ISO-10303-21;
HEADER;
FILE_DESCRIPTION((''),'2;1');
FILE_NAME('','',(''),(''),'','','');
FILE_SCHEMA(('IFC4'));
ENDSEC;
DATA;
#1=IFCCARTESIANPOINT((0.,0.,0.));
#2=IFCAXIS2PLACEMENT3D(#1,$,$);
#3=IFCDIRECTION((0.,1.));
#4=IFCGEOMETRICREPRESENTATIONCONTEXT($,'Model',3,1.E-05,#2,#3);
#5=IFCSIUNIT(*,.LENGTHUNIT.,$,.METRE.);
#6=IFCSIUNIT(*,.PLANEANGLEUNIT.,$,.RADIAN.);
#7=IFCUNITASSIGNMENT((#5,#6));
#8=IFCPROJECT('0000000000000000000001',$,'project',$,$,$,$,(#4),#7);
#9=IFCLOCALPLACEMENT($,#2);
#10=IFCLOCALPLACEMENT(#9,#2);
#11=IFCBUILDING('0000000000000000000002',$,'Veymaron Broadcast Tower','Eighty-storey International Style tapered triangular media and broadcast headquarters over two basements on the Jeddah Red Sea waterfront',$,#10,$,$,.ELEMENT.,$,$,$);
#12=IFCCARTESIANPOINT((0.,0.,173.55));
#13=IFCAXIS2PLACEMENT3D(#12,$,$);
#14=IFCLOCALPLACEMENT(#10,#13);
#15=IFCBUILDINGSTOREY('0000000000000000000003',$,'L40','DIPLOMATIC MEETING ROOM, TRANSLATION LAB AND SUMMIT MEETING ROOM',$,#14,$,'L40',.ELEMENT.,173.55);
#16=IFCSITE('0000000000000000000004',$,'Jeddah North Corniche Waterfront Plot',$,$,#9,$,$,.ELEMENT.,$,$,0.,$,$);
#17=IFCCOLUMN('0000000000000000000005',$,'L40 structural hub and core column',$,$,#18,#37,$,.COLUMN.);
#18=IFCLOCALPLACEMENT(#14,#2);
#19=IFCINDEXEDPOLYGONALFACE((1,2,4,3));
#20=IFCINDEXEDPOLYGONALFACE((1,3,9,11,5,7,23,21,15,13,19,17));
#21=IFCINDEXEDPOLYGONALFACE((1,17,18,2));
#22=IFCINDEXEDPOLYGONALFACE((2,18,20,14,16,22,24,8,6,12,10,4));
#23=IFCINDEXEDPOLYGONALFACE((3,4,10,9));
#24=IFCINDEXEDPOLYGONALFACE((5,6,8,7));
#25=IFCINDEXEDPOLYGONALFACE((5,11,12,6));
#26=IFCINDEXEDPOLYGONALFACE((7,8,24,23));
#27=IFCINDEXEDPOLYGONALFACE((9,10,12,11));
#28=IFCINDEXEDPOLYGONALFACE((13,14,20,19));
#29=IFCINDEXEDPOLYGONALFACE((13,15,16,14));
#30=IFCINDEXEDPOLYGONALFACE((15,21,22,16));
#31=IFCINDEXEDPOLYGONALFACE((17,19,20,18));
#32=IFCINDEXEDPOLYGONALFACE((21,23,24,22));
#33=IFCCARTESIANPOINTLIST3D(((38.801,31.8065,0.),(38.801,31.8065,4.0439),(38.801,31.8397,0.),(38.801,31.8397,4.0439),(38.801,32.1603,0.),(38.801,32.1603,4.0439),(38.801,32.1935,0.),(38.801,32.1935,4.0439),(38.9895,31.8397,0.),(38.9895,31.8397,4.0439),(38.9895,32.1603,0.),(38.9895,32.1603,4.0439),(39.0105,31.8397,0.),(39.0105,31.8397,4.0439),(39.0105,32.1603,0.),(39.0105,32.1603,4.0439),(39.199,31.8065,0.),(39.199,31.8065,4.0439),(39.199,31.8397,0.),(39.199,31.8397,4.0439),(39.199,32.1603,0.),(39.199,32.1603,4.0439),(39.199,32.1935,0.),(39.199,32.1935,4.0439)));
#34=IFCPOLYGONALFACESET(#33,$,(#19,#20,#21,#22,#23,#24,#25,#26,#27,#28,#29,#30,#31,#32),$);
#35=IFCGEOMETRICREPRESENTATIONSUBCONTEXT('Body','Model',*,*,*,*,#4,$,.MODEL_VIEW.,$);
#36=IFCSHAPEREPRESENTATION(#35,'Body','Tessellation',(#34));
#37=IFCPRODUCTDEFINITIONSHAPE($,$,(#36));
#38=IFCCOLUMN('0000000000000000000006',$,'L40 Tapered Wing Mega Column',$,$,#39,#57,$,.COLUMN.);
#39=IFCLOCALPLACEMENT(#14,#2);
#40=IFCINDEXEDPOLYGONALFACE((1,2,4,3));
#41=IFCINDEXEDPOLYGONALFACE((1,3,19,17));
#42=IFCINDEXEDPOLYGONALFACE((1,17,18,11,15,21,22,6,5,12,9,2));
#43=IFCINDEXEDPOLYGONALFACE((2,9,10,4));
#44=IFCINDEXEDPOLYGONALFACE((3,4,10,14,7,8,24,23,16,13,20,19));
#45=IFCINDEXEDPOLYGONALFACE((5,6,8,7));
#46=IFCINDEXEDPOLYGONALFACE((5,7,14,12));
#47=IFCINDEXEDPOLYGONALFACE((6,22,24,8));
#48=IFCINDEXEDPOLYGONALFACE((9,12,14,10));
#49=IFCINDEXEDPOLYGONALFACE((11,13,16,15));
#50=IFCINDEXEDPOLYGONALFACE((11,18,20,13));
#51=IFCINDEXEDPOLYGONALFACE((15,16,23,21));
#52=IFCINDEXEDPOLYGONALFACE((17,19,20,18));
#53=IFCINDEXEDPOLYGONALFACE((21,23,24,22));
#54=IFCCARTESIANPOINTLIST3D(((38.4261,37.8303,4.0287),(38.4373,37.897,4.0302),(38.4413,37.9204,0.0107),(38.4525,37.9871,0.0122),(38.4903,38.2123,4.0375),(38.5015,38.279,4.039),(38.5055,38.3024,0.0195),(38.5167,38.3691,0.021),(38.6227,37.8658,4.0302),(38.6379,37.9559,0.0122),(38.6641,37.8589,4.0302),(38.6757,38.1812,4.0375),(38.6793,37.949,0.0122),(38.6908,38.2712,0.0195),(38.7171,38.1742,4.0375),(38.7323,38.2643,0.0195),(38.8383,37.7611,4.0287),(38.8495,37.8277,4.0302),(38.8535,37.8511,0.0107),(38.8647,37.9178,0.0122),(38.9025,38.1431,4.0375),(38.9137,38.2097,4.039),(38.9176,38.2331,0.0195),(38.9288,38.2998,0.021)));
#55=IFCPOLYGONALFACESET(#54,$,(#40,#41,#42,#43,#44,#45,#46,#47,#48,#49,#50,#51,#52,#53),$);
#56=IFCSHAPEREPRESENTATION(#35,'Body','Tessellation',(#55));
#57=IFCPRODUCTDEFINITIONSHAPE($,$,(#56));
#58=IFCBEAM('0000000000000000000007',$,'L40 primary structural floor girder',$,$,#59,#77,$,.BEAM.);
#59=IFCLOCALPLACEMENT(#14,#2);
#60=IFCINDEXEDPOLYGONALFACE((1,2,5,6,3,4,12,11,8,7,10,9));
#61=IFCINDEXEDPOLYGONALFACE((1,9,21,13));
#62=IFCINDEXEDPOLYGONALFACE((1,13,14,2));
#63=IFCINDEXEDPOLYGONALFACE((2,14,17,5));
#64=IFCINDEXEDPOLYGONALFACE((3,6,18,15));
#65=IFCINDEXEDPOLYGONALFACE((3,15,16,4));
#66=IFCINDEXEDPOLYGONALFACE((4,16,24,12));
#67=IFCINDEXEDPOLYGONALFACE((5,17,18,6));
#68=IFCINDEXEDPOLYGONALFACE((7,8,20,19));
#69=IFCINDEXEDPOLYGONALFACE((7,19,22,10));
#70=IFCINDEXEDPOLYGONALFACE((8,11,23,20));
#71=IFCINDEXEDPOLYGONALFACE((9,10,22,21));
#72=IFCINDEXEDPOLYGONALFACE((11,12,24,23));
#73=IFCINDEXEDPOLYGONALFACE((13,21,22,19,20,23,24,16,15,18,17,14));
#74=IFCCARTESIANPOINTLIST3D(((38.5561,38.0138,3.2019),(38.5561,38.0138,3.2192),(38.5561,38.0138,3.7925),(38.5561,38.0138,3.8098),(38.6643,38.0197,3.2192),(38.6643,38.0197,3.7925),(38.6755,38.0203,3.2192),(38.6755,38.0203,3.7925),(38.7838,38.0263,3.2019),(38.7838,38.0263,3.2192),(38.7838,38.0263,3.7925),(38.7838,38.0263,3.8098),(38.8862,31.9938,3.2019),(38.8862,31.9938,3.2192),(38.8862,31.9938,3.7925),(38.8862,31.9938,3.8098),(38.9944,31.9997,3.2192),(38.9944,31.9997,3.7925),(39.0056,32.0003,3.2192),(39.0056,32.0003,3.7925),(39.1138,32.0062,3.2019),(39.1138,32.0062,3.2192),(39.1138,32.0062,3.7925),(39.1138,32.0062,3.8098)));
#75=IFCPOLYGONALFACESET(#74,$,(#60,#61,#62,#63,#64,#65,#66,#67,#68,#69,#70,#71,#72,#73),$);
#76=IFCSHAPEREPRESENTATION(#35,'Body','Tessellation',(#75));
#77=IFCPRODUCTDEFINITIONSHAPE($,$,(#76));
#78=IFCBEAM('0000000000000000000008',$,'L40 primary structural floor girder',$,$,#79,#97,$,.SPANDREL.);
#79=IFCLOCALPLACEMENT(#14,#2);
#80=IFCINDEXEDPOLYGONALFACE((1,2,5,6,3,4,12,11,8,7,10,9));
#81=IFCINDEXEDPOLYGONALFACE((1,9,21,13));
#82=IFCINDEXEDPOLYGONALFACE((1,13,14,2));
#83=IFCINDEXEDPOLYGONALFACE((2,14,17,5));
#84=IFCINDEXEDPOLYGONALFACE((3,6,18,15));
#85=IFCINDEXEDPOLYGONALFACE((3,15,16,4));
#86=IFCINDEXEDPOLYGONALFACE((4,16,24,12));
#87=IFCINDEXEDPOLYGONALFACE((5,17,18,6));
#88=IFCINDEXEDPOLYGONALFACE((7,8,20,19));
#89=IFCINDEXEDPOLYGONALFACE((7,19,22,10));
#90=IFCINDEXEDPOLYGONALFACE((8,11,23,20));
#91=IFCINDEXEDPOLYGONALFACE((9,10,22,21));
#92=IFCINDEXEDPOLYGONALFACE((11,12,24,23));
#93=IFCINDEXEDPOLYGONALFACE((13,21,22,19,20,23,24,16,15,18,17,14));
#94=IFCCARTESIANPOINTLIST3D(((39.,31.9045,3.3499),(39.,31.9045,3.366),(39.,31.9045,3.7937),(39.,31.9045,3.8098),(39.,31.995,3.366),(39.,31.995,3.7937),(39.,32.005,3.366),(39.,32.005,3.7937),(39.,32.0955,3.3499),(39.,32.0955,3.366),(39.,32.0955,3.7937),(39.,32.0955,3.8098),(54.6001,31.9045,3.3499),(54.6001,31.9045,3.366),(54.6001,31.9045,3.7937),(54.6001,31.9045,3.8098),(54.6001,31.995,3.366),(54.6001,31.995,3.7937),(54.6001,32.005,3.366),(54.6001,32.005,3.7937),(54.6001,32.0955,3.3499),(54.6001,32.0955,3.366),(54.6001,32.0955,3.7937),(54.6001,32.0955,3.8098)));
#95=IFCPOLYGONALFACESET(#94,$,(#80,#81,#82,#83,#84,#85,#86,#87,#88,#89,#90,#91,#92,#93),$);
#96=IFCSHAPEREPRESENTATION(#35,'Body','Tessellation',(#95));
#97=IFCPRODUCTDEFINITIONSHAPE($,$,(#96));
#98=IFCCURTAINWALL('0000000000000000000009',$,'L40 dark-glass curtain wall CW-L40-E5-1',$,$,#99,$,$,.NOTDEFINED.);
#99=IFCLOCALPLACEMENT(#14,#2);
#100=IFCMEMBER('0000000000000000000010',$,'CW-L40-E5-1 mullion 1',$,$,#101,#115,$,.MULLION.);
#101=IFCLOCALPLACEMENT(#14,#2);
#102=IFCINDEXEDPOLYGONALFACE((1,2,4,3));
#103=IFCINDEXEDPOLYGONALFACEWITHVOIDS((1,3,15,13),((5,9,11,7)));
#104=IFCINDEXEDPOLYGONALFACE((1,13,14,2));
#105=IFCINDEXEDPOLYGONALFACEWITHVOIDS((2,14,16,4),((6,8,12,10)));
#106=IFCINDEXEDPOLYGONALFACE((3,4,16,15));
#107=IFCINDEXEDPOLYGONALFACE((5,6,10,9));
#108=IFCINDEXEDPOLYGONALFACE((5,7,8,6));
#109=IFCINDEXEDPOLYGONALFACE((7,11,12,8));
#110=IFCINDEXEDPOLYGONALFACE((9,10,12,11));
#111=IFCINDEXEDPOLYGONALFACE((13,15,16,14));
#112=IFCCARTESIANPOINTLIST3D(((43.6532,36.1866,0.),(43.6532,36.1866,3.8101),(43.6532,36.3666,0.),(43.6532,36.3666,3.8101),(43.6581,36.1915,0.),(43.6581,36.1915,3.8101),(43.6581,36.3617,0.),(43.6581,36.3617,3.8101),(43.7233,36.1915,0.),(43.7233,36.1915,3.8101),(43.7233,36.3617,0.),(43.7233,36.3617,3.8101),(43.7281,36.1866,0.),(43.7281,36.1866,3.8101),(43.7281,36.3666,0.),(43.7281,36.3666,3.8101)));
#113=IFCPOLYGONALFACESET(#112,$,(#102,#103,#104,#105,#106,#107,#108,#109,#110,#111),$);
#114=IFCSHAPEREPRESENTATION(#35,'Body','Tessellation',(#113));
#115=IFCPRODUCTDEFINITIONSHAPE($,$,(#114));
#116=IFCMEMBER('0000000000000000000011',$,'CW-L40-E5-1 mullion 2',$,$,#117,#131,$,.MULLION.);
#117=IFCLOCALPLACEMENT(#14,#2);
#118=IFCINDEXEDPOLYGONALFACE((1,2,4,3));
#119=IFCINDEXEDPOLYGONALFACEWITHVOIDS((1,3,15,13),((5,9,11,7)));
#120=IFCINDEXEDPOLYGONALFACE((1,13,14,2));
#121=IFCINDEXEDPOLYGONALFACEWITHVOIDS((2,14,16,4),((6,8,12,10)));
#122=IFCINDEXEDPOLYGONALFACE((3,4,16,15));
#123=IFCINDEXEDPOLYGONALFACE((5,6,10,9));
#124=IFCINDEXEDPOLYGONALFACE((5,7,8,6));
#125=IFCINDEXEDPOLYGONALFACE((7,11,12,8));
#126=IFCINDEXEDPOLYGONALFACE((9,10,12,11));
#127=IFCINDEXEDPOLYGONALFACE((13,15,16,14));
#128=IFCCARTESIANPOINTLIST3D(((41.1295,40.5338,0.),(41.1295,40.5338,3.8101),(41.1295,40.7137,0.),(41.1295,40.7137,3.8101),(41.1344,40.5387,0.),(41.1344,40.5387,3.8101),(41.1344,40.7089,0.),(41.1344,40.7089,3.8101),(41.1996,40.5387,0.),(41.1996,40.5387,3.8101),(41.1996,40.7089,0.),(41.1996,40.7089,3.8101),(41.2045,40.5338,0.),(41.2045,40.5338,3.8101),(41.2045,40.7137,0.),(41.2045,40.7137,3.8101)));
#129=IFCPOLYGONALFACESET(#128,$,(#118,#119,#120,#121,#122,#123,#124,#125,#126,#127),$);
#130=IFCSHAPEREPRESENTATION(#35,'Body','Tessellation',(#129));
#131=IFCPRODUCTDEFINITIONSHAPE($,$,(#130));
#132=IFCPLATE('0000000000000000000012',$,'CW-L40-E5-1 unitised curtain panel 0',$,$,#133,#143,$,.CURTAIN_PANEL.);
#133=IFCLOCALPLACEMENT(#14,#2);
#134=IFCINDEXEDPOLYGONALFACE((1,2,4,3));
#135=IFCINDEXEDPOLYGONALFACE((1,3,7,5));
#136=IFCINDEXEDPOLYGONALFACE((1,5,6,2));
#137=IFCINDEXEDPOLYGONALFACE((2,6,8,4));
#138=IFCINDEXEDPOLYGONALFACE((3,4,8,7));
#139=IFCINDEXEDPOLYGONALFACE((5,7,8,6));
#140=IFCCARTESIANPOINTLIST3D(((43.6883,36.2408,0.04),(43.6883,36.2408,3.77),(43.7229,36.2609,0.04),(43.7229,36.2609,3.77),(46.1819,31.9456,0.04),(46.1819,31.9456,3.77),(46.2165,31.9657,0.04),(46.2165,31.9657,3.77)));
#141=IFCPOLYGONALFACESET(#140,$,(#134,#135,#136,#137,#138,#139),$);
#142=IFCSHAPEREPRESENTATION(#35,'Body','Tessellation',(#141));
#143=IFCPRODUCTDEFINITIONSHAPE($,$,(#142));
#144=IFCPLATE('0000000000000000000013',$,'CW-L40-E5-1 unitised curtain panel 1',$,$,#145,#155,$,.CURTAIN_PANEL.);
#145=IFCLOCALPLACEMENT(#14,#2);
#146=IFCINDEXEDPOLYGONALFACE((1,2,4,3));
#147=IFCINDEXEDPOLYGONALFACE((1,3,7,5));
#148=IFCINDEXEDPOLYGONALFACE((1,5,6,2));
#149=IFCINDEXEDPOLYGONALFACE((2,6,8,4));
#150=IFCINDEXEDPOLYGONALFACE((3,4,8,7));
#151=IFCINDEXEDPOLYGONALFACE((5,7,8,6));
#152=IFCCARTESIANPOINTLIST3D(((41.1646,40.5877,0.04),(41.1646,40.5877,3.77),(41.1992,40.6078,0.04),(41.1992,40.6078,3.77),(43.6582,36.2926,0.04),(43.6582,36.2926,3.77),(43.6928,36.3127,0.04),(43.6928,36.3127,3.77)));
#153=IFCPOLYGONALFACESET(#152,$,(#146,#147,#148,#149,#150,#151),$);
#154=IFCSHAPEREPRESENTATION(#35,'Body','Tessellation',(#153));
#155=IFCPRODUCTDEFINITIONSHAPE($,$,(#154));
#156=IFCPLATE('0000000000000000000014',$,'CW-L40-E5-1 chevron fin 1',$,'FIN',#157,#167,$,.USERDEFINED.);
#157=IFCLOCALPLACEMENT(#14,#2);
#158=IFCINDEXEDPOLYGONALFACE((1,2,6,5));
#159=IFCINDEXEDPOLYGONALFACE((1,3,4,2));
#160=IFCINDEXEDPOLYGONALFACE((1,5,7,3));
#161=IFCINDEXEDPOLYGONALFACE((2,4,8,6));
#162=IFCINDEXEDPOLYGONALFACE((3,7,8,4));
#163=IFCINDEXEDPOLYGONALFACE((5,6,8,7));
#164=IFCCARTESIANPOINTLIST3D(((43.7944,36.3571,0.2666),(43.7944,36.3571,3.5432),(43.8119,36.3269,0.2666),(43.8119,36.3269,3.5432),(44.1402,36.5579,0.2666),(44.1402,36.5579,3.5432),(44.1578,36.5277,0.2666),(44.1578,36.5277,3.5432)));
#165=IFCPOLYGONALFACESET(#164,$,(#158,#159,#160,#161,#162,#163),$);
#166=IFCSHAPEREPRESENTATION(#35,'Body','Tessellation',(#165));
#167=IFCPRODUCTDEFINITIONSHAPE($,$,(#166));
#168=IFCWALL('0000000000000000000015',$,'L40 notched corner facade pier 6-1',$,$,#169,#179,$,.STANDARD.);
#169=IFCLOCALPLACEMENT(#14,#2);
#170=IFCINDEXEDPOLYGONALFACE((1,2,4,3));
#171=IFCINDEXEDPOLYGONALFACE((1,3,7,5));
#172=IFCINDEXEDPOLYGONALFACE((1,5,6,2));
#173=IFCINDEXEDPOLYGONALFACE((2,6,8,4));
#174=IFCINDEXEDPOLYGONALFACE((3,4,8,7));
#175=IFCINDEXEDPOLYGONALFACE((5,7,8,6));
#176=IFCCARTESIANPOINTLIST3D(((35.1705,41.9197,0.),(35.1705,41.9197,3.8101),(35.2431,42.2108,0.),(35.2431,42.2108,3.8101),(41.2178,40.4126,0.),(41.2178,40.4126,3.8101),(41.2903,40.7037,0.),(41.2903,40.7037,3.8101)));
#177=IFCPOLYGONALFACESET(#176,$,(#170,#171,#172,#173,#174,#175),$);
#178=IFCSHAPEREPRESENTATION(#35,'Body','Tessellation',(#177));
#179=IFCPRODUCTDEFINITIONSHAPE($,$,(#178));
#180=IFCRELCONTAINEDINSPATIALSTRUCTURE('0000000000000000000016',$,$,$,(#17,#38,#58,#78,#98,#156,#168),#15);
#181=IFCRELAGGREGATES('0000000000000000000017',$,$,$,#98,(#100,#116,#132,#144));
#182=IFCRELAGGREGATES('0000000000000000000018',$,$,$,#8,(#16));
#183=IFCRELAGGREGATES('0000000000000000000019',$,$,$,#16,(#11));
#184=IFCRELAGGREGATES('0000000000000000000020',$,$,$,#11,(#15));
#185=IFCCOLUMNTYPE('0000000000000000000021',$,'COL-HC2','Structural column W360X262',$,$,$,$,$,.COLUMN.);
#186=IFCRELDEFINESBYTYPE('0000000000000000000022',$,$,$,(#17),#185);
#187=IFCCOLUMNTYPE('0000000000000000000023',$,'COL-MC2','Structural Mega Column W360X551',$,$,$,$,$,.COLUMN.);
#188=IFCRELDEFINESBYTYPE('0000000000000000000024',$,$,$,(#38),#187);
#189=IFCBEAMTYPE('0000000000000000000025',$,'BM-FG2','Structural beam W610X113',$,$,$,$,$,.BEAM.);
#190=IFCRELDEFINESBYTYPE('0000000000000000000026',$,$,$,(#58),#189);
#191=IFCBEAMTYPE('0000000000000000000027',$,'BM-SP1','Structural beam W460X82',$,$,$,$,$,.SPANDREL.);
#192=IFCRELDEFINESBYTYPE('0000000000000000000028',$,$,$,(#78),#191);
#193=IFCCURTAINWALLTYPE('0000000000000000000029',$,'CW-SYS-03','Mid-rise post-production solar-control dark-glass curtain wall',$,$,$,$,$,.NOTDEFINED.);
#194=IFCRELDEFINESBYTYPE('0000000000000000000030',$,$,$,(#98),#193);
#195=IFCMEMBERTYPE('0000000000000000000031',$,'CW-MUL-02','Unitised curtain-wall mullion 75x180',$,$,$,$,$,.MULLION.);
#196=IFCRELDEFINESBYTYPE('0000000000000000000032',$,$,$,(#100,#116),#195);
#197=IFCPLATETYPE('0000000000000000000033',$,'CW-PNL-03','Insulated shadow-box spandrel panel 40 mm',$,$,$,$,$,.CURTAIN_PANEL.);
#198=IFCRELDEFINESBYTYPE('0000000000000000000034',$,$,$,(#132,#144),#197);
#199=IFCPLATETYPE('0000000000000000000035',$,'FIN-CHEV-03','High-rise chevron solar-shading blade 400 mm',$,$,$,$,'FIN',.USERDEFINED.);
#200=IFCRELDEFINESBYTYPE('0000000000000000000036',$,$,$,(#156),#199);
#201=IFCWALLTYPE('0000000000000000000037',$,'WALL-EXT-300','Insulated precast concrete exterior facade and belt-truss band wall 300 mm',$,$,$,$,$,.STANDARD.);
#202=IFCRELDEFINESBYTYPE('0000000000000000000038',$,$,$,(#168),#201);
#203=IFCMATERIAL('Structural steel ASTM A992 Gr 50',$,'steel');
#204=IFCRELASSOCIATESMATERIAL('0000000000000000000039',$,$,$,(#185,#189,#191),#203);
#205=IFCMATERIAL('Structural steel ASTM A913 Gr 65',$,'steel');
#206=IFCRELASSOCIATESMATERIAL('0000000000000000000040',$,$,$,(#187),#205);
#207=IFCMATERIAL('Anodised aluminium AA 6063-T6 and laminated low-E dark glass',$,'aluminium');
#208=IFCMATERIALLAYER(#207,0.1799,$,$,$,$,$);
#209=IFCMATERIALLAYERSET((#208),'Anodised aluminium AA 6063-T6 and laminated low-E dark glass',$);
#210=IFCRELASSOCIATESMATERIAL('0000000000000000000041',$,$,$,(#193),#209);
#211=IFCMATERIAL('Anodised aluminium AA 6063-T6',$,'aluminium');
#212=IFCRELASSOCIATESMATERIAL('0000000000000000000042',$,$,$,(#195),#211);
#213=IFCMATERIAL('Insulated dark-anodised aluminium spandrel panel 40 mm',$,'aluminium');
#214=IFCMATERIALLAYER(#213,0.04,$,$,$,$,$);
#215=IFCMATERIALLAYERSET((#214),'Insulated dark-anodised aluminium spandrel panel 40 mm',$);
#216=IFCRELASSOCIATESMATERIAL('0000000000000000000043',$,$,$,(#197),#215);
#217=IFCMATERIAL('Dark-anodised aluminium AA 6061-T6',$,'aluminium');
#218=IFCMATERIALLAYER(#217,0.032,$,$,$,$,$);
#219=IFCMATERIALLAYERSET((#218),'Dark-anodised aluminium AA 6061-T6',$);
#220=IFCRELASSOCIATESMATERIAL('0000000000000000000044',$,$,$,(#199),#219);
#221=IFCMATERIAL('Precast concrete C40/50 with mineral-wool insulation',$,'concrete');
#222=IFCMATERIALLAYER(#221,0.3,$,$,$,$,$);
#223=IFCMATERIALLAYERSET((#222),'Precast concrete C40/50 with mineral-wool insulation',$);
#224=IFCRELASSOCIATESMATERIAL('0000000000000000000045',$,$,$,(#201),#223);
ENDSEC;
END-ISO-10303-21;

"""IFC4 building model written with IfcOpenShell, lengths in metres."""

from ifc_helpers import new_model, si_unit, direction, frame, frame_2d, origin, origin_2d, place, context, subcontext, project, spatial, rectangle, hollow_rectangle, i_section, extrude, material, layer, layer_set, material_profile, profile_set, type_object, element, aggregate, save


model = new_model("IFC4")

# Units and contexts
model_context = context("Model", 3, precision=1e-05, world=origin(), true_north=direction((0.0, 1.0)))
body_context = subcontext(model_context, "Body", "Model", "MODEL_VIEW")
ifc_project = project(units=[si_unit("LENGTHUNIT", "METRE"), si_unit("PLANEANGLEUNIT", "RADIAN")], contexts=[model_context])

# Site, building, storey
site_placement = place(None, origin())
site = spatial("IfcSite", under=ifc_project, at=site_placement, Name="Jeddah North Corniche Waterfront Plot", CompositionType="ELEMENT", RefElevation=0.0)
building_placement = place(site_placement, origin())
building = spatial("IfcBuilding", under=site, at=building_placement, Name="Veymaron Broadcast Tower", Description="Eighty-storey International Style tapered triangular media and broadcast headquarters over two basements on the Jeddah Red Sea waterfront", CompositionType="ELEMENT")
storey_placement = place(building_placement, frame((0.0, 0.0, 173.55)))
storey = spatial("IfcBuildingStorey", under=building, at=storey_placement, Name="L40", Description="DIPLOMATIC MEETING ROOM, TRANSLATION LAB AND SUMMIT MEETING ROOM", LongName="L40", CompositionType="ELEMENT", Elevation=173.55)

# Columns
ifc_material_1 = material(Name="Structural steel ASTM A992 Gr 50", Category="steel")
ifc_material_profile_1 = material_profile(ifc_material_1, i_section(OverallWidth=0.3979, OverallDepth=0.387, WebThickness=0.021, FlangeThickness=0.0332, at=origin_2d()), Name="W360X262")
ifc_profile_set_1 = profile_set([ifc_material_profile_1], Name="Structural steel ASTM A992 Gr 50")
column_type_1 = type_object("IfcColumnType", Name="COL-HC2", Description="Structural column W360X262", PredefinedType="COLUMN", material=ifc_profile_set_1)
column_1_placement = place(storey_placement, frame((39.0, 32.0, 0.0), z_axis=(0.0, 0.0, 1.0), x_axis=(1.0, 0.0, 0.0)))
element("IfcColumn", 1, at=column_1_placement, inside=storey, type_object=column_type_1, Name="L40 structural hub and core column", PredefinedType="COLUMN", context=body_context, shape_type="SweptSolid", body=[
    extrude(i_section(OverallWidth=0.3979, OverallDepth=0.387, WebThickness=0.021, FlangeThickness=0.0332, at=origin_2d()), origin(), (0.0, 0.0, 1.0), 4.0439),
])
ifc_material_2 = material(Name="Structural steel ASTM A913 Gr 65", Category="steel")
ifc_material_profile_2 = material_profile(ifc_material_2, i_section(OverallWidth=0.418, OverallDepth=0.4551, WebThickness=0.042, FlangeThickness=0.0676, at=origin_2d()), Name="W360X551")
ifc_profile_set_2 = profile_set([ifc_material_profile_2], Name="Structural steel ASTM A913 Gr 65")
column_type_2 = type_object("IfcColumnType", Name="COL-MC2", Description="Structural Mega Column W360X551", PredefinedType="COLUMN", material=ifc_profile_set_2)
column_2_placement = place(storey_placement, frame((38.6851, 38.1101, 0.0159), z_axis=(-0.003766, -0.022415, 0.999742), x_axis=(0.986176, -0.165699, 0.0)))
element("IfcColumn", 2, at=column_2_placement, inside=storey, type_object=column_type_2, Name="L40 Tapered Wing Mega Column", PredefinedType="COLUMN", context=body_context, shape_type="SweptSolid", body=[
    extrude(i_section(OverallWidth=0.418, OverallDepth=0.4551, WebThickness=0.042, FlangeThickness=0.0676, at=origin_2d()), origin(), (0.0, 0.0, 1.0), 4.019),
])

# Beams
ifc_material_profile_3 = material_profile(ifc_material_1, i_section(OverallWidth=0.228, OverallDepth=0.6079, WebThickness=0.0112, FlangeThickness=0.0173, at=origin_2d()), Name="W610X113")
ifc_profile_set_3 = profile_set([ifc_material_profile_3], Name="Structural steel ASTM A992 Gr 50")
beam_type_1 = type_object("IfcBeamType", Name="BM-FG2", Description="Structural beam W610X113", PredefinedType="BEAM", material=ifc_profile_set_3)
beam_1_placement = place(storey_placement, frame((39.0, 32.0, 3.5059), z_axis=(-0.054748, 0.9985, 0.0), x_axis=(-0.9985, -0.054748, 0.0)))
element("IfcBeam", 3, at=beam_1_placement, inside=storey, type_object=beam_type_1, Name="L40 primary structural floor girder", PredefinedType="BEAM", context=body_context, shape_type="SweptSolid", body=[
    extrude(i_section(OverallWidth=0.228, OverallDepth=0.6079, WebThickness=0.0112, FlangeThickness=0.0173, at=origin_2d()), origin(), (0.0, 0.0, 1.0), 6.0291),
])
ifc_material_profile_4 = material_profile(ifc_material_1, i_section(OverallWidth=0.1909, OverallDepth=0.46, WebThickness=0.01, FlangeThickness=0.0161, at=origin_2d()), Name="W460X82")
ifc_profile_set_4 = profile_set([ifc_material_profile_4], Name="Structural steel ASTM A992 Gr 50")
beam_type_2 = type_object("IfcBeamType", Name="BM-SP1", Description="Structural beam W460X82", PredefinedType="SPANDREL", material=ifc_profile_set_4)
beam_2_placement = place(storey_placement, frame((39.0, 32.0, 3.5798), z_axis=(1.0, 0.0, 0.0), x_axis=(0.0, 1.0, 0.0)))
element("IfcBeam", 4, at=beam_2_placement, inside=storey, type_object=beam_type_2, Name="L40 primary structural floor girder", PredefinedType="SPANDREL", context=body_context, shape_type="SweptSolid", body=[
    extrude(i_section(OverallWidth=0.1909, OverallDepth=0.46, WebThickness=0.01, FlangeThickness=0.0161, at=origin_2d()), origin(), (0.0, 0.0, 1.0), 15.6001),
])

# Curtain wall, members, plates
ifc_material_3 = material(Name="Anodised aluminium AA 6063-T6 and laminated low-E dark glass", Category="aluminium")
ifc_layer_1 = layer(ifc_material_3, 0.1799)
ifc_layer_set_1 = layer_set([ifc_layer_1], Name="Anodised aluminium AA 6063-T6 and laminated low-E dark glass")
curtain_wall_type = type_object("IfcCurtainWallType", Name="CW-SYS-03", Description="Mid-rise post-production solar-control dark-glass curtain wall", PredefinedType="NOTDEFINED", material=ifc_layer_set_1)
curtain_wall_placement = place(storey_placement, origin())
curtain_wall = element("IfcCurtainWall", 5, at=curtain_wall_placement, inside=storey, type_object=curtain_wall_type, Name="L40 dark-glass curtain wall CW-L40-E5-1", PredefinedType="NOTDEFINED")
ifc_material_4 = material(Name="Anodised aluminium AA 6063-T6", Category="aluminium")
ifc_material_profile_5 = material_profile(ifc_material_4, hollow_rectangle(XDim=0.075, YDim=0.1799, WallThickness=0.0049, at=origin_2d()), Name="AL180X75X5")
ifc_profile_set_5 = profile_set([ifc_material_profile_5], Name="Anodised aluminium AA 6063-T6")
member_type = type_object("IfcMemberType", Name="CW-MUL-02", Description="Unitised curtain-wall mullion 75x180", PredefinedType="MULLION", material=ifc_profile_set_5)
member_1_placement = place(storey_placement, frame((43.6907, 36.2766, 0.0), z_axis=(0.0, 0.0, 1.0), x_axis=(1.0, 0.0, 0.0)))
member_1 = element("IfcMember", 6, at=member_1_placement, type_object=member_type, Name="CW-L40-E5-1 mullion 1", PredefinedType="MULLION", context=body_context, shape_type="SweptSolid", body=[
    extrude(hollow_rectangle(XDim=0.075, YDim=0.1799, WallThickness=0.0049, at=origin_2d()), origin(), (0.0, 0.0, 1.0), 3.8101),
])
member_2_placement = place(storey_placement, frame((41.167, 40.6238, 0.0), z_axis=(0.0, 0.0, 1.0), x_axis=(1.0, 0.0, 0.0)))
member_2 = element("IfcMember", 7, at=member_2_placement, type_object=member_type, Name="CW-L40-E5-1 mullion 2", PredefinedType="MULLION", context=body_context, shape_type="SweptSolid", body=[
    extrude(hollow_rectangle(XDim=0.075, YDim=0.1799, WallThickness=0.0049, at=origin_2d()), origin(), (0.0, 0.0, 1.0), 3.8101),
])
ifc_material_5 = material(Name="Insulated dark-anodised aluminium spandrel panel 40 mm", Category="aluminium")
ifc_layer_2 = layer(ifc_material_5, 0.04)
ifc_layer_set_2 = layer_set([ifc_layer_2], Name="Insulated dark-anodised aluminium spandrel panel 40 mm")
plate_type_1 = type_object("IfcPlateType", Name="CW-PNL-03", Description="Insulated shadow-box spandrel panel 40 mm", PredefinedType="CURTAIN_PANEL", material=ifc_layer_set_2)
plate_1_placement = place(storey_placement, frame((44.9524, 34.1033, 0.04), z_axis=(0.0, 0.0, 1.0), x_axis=(-0.502084, 0.864819, 0.0)))
plate_1 = element("IfcPlate", 8, at=plate_1_placement, type_object=plate_type_1, Name="CW-L40-E5-1 unitised curtain panel 0", PredefinedType="CURTAIN_PANEL", context=body_context, shape_type="SweptSolid", body=[
    extrude(rectangle(XDim=4.9666, YDim=0.04, at=origin_2d()), origin(), (0.0, 0.0, 1.0), 3.73),
])
plate_2_placement = place(storey_placement, frame((42.4287, 38.4502, 0.04), z_axis=(0.0, 0.0, 1.0), x_axis=(-0.502084, 0.864819, 0.0)))
plate_2 = element("IfcPlate", 9, at=plate_2_placement, type_object=plate_type_1, Name="CW-L40-E5-1 unitised curtain panel 1", PredefinedType="CURTAIN_PANEL", context=body_context, shape_type="SweptSolid", body=[
    extrude(rectangle(XDim=4.9666, YDim=0.04, at=origin_2d()), origin(), (0.0, 0.0, 1.0), 3.73),
])
aggregate(curtain_wall, [member_1, member_2, plate_1, plate_2])

# Plate
ifc_material_6 = material(Name="Dark-anodised aluminium AA 6061-T6", Category="aluminium")
ifc_layer_3 = layer(ifc_material_6, 0.032)
ifc_layer_set_3 = layer_set([ifc_layer_3], Name="Dark-anodised aluminium AA 6061-T6")
plate_type_2 = type_object("IfcPlateType", Name="FIN-CHEV-03", Description="High-rise chevron solar-shading blade 400 mm", ElementType="FIN", PredefinedType="USERDEFINED", material=ifc_layer_set_3)
plate_3_placement = place(storey_placement, frame((43.9761, 36.4424, 0.2666), z_axis=(0.0, 0.0, 1.0), x_axis=(0.864819, 0.502084, 0.0)))
element("IfcPlate", 10, at=plate_3_placement, inside=storey, type_object=plate_type_2, Name="CW-L40-E5-1 chevron fin 1", ObjectType="FIN", PredefinedType="USERDEFINED", context=body_context, shape_type="SweptSolid", body=[
    extrude(rectangle(XDim=0.3999, YDim=0.0349, at=origin_2d()), origin(), (0.0, 0.0, 1.0), 3.2766),
])

# Wall
ifc_material_7 = material(Name="Precast concrete C40/50 with mineral-wool insulation", Category="concrete")
ifc_layer_4 = layer(ifc_material_7, 0.3)
ifc_layer_set_4 = layer_set([ifc_layer_4], Name="Precast concrete C40/50 with mineral-wool insulation")
wall_type_1 = type_object("IfcWallType", Name="WALL-EXT-300", Description="Insulated precast concrete exterior facade and belt-truss band wall 300 mm", PredefinedType="STANDARD", material=ifc_layer_set_4)
wall_1_placement = place(storey_placement, frame((41.2542, 40.5581, 0.0), z_axis=(0.0, 0.0, 1.0), x_axis=(-0.97032, 0.241826, 0.0)))
element("IfcWall", 11, at=wall_1_placement, inside=storey, type_object=wall_type_1, Name="L40 notched corner facade pier 6-1", PredefinedType="STANDARD", context=body_context, shape_type="SweptSolid", body=[
    extrude(rectangle(XDim=6.2322, YDim=0.3, at=frame_2d((3.1162, 0.0))), origin(), (0.0, 0.0, 1.0), 3.8101),
])

save(model, "model.ifc")
